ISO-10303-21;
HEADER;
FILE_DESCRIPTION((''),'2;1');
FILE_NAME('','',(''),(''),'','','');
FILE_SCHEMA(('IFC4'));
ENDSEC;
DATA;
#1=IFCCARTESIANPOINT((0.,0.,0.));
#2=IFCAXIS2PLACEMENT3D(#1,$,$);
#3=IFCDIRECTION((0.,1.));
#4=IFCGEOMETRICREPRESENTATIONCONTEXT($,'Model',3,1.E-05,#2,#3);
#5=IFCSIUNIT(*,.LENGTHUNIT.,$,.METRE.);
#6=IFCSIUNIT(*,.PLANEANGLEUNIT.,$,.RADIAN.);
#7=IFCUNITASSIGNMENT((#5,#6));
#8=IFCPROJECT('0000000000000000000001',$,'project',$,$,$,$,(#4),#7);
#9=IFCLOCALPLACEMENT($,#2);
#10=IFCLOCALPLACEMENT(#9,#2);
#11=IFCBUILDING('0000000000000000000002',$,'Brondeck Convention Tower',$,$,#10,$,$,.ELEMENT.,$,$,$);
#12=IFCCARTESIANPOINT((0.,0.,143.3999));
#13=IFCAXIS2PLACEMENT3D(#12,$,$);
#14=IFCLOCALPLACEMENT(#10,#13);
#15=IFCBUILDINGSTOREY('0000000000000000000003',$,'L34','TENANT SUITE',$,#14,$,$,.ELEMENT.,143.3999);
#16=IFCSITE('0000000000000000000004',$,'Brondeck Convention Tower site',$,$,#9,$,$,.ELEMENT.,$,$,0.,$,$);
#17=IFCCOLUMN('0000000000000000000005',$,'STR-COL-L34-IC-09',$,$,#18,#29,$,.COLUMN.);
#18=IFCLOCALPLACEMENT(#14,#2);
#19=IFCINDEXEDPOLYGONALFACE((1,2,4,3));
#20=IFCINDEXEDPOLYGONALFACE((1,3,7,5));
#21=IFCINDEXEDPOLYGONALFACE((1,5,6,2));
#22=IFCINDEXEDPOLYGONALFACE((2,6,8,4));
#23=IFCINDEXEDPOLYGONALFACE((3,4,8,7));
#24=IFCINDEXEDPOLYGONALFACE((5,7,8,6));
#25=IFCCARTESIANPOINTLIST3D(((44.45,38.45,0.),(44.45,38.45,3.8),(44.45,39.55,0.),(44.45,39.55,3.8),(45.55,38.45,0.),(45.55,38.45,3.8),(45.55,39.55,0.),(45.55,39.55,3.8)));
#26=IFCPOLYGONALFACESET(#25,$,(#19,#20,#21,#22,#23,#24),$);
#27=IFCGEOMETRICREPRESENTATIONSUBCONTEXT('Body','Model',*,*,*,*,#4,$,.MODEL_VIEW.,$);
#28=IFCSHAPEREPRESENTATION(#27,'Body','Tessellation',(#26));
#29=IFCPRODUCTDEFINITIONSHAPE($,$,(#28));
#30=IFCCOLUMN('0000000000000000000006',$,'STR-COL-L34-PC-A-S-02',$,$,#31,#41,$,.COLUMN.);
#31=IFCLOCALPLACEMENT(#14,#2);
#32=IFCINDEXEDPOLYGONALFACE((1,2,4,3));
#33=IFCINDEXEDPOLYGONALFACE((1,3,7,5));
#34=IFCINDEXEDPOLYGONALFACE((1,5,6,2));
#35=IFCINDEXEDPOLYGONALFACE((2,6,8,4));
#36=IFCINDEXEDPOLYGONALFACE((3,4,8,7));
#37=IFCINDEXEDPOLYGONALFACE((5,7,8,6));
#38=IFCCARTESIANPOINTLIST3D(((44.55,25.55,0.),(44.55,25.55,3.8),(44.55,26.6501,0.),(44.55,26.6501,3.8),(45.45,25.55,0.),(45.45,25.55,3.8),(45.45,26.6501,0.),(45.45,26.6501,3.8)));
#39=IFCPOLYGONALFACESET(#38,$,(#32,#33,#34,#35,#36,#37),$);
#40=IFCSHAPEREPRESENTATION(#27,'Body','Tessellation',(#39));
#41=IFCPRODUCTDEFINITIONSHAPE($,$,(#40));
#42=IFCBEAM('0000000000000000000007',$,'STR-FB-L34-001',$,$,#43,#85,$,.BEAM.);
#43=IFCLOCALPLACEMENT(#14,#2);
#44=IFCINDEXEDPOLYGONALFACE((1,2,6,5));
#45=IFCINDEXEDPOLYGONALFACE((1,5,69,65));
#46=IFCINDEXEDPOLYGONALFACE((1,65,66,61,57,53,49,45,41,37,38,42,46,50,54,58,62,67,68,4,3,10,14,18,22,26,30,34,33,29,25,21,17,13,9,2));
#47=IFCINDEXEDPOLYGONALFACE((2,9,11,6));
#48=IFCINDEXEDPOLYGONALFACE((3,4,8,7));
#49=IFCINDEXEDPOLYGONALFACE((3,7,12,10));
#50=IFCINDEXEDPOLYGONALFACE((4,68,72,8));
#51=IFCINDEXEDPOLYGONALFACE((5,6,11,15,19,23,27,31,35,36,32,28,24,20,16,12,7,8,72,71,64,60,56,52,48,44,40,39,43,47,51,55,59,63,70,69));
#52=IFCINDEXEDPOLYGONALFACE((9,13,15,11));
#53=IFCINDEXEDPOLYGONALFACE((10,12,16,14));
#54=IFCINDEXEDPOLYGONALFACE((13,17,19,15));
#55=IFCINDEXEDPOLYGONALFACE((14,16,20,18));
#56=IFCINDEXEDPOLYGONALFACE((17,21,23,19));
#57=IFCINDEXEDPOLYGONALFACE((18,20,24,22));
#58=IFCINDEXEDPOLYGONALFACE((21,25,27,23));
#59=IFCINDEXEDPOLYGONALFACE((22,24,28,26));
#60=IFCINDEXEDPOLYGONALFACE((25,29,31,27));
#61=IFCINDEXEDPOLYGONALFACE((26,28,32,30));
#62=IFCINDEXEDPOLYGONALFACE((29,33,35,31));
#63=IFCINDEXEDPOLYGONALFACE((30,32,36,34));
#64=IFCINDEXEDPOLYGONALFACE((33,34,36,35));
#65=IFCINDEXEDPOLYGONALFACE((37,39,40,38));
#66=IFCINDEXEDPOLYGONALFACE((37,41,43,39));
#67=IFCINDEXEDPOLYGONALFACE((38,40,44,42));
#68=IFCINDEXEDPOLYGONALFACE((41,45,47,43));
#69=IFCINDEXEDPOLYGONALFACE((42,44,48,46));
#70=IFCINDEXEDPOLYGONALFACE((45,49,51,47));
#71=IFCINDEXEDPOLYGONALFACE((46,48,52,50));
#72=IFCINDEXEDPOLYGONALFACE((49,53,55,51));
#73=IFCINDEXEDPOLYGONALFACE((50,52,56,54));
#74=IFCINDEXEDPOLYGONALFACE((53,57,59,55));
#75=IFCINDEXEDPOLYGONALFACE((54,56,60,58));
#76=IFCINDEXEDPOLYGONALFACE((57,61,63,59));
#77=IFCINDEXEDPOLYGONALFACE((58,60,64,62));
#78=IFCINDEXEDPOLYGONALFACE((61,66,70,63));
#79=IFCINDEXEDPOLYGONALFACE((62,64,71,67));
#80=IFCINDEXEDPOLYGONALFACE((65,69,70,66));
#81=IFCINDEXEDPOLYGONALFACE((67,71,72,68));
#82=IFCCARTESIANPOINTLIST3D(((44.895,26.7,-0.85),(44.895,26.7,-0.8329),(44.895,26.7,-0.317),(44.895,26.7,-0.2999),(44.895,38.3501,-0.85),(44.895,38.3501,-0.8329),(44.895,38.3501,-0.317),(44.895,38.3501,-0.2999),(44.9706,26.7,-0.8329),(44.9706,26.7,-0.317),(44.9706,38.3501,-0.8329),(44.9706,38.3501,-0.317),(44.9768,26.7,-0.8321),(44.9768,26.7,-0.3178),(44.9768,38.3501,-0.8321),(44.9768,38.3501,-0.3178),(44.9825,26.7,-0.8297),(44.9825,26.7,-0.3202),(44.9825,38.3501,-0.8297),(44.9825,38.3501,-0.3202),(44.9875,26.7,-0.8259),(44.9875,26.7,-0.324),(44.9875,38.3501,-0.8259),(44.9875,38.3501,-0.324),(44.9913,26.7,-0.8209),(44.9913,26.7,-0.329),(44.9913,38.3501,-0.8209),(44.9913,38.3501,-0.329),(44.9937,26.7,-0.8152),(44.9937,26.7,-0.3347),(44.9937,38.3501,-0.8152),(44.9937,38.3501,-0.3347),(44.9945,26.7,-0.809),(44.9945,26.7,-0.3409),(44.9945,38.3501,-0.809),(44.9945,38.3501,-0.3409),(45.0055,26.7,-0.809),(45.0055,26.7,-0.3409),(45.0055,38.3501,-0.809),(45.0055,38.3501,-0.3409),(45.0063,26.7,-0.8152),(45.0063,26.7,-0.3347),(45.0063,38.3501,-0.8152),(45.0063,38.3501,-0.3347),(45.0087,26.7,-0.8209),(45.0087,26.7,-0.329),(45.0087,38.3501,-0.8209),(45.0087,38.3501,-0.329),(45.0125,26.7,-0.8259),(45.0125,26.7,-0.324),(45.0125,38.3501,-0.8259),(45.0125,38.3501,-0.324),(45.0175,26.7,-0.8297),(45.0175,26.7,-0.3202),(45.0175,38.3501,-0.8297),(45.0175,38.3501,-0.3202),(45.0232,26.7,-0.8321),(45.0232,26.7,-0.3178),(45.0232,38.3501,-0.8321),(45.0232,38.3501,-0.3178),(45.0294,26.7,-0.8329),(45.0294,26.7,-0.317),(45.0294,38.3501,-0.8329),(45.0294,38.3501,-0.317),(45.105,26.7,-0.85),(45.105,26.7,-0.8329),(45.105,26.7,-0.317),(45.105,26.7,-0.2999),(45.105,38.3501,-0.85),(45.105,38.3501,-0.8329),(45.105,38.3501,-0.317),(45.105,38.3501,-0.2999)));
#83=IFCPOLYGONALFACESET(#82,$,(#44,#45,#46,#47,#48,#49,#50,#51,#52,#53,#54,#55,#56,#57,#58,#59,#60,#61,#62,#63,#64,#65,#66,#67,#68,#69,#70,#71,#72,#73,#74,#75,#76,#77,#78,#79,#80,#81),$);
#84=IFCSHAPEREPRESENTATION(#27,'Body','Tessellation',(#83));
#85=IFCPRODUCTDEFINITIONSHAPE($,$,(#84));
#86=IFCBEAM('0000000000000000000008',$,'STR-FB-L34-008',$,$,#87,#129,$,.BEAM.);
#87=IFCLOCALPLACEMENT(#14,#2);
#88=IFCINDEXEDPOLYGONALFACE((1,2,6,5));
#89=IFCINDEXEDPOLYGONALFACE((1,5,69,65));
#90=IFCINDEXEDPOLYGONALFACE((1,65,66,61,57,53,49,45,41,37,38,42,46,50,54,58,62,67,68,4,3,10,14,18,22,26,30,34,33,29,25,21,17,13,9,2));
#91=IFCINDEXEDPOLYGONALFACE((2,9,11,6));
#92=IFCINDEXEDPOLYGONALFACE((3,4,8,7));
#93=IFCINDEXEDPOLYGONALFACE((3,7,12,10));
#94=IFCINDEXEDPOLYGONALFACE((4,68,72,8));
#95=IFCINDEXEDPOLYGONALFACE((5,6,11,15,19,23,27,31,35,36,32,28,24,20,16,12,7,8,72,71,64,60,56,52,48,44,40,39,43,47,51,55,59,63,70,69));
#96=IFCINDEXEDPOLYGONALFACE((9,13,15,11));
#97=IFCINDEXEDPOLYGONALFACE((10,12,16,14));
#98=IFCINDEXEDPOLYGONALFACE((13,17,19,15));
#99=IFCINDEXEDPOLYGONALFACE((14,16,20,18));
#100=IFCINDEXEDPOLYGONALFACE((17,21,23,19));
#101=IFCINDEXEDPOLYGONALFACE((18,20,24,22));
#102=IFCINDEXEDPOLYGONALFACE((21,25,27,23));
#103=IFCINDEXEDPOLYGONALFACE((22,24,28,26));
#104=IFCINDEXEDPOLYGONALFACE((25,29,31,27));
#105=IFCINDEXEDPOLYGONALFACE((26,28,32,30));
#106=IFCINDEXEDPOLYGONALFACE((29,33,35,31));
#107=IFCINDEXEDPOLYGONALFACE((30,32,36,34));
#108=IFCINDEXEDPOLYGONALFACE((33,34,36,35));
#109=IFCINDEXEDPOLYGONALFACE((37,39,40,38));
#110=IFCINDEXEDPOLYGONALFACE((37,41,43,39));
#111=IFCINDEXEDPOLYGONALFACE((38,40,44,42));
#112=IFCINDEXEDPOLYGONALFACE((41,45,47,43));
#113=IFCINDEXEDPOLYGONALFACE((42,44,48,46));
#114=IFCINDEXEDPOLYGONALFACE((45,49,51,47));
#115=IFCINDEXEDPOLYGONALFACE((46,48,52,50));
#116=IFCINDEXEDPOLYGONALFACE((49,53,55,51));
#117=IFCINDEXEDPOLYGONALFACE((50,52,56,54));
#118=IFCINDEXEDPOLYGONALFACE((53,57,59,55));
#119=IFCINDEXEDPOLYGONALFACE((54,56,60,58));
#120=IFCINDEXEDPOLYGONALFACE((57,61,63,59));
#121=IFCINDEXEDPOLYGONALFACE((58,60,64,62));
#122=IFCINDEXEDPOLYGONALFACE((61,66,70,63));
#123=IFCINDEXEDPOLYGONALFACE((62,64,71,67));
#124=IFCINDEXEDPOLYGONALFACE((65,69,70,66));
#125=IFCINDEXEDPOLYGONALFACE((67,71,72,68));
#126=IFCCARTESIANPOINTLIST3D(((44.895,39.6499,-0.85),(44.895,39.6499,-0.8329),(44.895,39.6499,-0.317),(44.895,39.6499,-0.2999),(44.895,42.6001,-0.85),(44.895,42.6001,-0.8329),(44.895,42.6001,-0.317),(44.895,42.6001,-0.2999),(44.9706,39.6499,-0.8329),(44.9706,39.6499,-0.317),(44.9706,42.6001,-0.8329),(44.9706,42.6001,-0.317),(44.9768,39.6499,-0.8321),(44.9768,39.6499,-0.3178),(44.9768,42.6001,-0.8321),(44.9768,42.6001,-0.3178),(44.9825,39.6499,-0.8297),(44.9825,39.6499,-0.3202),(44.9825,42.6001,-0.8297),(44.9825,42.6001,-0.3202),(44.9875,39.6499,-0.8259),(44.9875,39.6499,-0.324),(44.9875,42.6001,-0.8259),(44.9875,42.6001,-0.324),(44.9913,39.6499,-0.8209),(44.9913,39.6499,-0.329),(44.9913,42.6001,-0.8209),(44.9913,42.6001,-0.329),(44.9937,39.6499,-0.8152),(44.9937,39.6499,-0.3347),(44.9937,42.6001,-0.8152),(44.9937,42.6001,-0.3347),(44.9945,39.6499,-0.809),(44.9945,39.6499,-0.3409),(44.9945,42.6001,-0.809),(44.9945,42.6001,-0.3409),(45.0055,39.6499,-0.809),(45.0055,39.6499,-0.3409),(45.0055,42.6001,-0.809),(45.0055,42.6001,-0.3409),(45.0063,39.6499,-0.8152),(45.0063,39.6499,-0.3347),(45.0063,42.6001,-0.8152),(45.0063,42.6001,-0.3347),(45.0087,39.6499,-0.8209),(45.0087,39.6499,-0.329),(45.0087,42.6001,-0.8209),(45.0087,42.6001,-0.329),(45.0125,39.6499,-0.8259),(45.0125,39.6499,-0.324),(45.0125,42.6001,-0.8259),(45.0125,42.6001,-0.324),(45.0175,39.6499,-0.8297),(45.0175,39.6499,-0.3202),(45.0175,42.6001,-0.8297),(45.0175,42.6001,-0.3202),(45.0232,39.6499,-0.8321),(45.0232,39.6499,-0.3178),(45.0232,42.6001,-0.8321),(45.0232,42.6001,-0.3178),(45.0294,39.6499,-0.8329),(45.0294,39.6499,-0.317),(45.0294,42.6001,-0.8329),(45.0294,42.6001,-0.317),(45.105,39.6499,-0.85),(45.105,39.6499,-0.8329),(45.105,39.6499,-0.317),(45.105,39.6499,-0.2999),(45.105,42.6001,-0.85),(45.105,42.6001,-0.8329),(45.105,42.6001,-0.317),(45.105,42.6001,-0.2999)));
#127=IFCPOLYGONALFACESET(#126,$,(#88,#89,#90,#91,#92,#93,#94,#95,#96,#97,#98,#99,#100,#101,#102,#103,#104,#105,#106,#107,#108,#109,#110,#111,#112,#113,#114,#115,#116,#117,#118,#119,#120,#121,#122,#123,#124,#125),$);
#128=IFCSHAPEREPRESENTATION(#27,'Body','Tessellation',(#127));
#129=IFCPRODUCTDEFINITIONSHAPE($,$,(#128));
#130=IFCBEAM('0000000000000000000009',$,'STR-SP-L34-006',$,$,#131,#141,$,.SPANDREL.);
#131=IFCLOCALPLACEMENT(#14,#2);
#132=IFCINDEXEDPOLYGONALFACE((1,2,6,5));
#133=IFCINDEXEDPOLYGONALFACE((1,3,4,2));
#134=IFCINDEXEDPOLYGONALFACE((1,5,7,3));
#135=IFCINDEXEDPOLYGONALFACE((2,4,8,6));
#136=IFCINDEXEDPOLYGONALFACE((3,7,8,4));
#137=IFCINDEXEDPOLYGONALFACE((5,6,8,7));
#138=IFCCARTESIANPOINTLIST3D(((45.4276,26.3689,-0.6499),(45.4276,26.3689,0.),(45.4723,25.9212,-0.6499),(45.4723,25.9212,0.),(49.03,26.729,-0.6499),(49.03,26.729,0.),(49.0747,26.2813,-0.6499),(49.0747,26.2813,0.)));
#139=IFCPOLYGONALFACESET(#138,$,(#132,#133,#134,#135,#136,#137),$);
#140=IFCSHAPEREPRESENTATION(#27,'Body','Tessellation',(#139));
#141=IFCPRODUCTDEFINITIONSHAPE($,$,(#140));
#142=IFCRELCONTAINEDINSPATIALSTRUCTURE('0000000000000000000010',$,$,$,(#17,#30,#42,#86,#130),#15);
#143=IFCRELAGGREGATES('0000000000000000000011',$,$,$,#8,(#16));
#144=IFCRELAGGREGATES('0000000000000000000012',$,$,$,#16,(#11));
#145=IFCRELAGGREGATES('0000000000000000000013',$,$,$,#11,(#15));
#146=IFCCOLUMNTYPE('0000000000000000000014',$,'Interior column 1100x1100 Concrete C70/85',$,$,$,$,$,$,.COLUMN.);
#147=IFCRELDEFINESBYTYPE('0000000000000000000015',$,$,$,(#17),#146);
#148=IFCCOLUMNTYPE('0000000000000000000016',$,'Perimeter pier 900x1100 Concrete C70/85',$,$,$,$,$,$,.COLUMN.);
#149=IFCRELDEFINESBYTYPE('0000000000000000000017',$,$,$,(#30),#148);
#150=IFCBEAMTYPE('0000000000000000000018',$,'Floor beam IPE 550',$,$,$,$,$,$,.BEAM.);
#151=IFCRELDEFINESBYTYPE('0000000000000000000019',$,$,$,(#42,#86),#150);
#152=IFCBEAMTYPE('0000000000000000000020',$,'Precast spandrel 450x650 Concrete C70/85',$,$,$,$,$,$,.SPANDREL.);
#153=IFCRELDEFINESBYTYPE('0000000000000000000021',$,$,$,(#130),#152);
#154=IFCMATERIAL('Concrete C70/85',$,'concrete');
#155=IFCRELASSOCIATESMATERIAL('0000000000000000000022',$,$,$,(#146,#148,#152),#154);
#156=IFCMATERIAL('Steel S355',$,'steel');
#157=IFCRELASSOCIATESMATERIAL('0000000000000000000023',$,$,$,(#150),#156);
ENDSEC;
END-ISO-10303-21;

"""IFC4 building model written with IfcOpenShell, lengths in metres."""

from ifc_helpers import new_model, si_unit, direction, frame, origin, origin_2d, place, context, subcontext, project, spatial, rectangle, i_section, extrude, material, material_profile, profile_set, type_object, element, save


model = new_model("IFC4")

# Units and contexts
model_context = context("Model", 3, precision=1e-05, world=origin(), true_north=direction((0.0, 1.0)))
body_context = subcontext(model_context, "Body", "Model", "MODEL_VIEW")
ifc_project = project(units=[si_unit("LENGTHUNIT", "METRE"), si_unit("PLANEANGLEUNIT", "RADIAN")], contexts=[model_context])

# Site, building, storey
site_placement = place(None, origin())
site = spatial("IfcSite", under=ifc_project, at=site_placement, Name="Brondeck Convention Tower site", CompositionType="ELEMENT", RefElevation=0.0)
building_placement = place(site_placement, origin())
building = spatial("IfcBuilding", under=site, at=building_placement, Name="Brondeck Convention Tower", CompositionType="ELEMENT")
storey_placement = place(building_placement, frame((0.0, 0.0, 143.3999)))
storey = spatial("IfcBuildingStorey", under=building, at=storey_placement, Name="L34", Description="TENANT SUITE", CompositionType="ELEMENT", Elevation=143.3999)

# Columns
ifc_material_1 = material(Name="Concrete C70/85", Category="concrete")
ifc_material_profile_1 = material_profile(ifc_material_1, rectangle(XDim=1.1001, YDim=1.1001, at=origin_2d()), Name="Interior column 1100x1100 Concrete C70/85")
ifc_profile_set_1 = profile_set([ifc_material_profile_1], Name="Concrete C70/85")
column_type_1 = type_object("IfcColumnType", Name="Interior column 1100x1100 Concrete C70/85", PredefinedType="COLUMN", material=ifc_profile_set_1)
column_1_placement = place(storey_placement, frame((45.0, 39.0, 0.0), z_axis=(0.0, 0.0, 1.0), x_axis=(1.0, 0.0, 0.0)))
element("IfcColumn", 1, at=column_1_placement, inside=storey, type_object=column_type_1, Name="STR-COL-L34-IC-09", PredefinedType="COLUMN", context=body_context, shape_type="SweptSolid", body=[
    extrude(rectangle(XDim=1.1001, YDim=1.1001, at=origin_2d()), origin(), (0.0, 0.0, 1.0), 3.8),
])
ifc_material_profile_2 = material_profile(ifc_material_1, rectangle(XDim=0.8999, YDim=1.1001, at=origin_2d()), Name="Perimeter pier 900x1100 Concrete C70/85")
ifc_profile_set_2 = profile_set([ifc_material_profile_2], Name="Concrete C70/85")
column_type_2 = type_object("IfcColumnType", Name="Perimeter pier 900x1100 Concrete C70/85", PredefinedType="COLUMN", material=ifc_profile_set_2)
column_2_placement = place(storey_placement, frame((45.0, 26.1001, 0.0), z_axis=(0.0, 0.0, 1.0), x_axis=(1.0, 0.0, 0.0)))
element("IfcColumn", 2, at=column_2_placement, inside=storey, type_object=column_type_2, Name="STR-COL-L34-PC-A-S-02", PredefinedType="COLUMN", context=body_context, shape_type="SweptSolid", body=[
    extrude(rectangle(XDim=0.8999, YDim=1.1001, at=origin_2d()), origin(), (0.0, 0.0, 1.0), 3.8),
])

# Beams
ifc_material_2 = material(Name="Steel S355", Category="steel")
ifc_material_profile_3 = material_profile(ifc_material_2, i_section(OverallWidth=0.21, OverallDepth=0.55, WebThickness=0.011, FlangeThickness=0.0171, FilletRadius=0.0239, at=origin_2d()), Name="IPE 550")
ifc_profile_set_3 = profile_set([ifc_material_profile_3], Name="Steel S355")
beam_type_1 = type_object("IfcBeamType", Name="Floor beam IPE 550", PredefinedType="BEAM", material=ifc_profile_set_3)
beam_1_placement = place(storey_placement, frame((45.0, 26.7, -0.575), z_axis=(0.0, 1.0, 0.0), x_axis=(-1.0, 0.0, 0.0)))
element("IfcBeam", 3, at=beam_1_placement, inside=storey, type_object=beam_type_1, Name="STR-FB-L34-001", PredefinedType="BEAM", context=body_context, shape_type="SweptSolid", body=[
    extrude(i_section(OverallWidth=0.21, OverallDepth=0.55, WebThickness=0.011, FlangeThickness=0.0171, FilletRadius=0.0239, at=origin_2d()), origin(), (0.0, 0.0, 1.0), 11.6501),
])
beam_2_placement = place(storey_placement, frame((45.0, 39.6499, -0.575), z_axis=(0.0, 1.0, 0.0), x_axis=(-1.0, 0.0, 0.0)))
element("IfcBeam", 4, at=beam_2_placement, inside=storey, type_object=beam_type_1, Name="STR-FB-L34-008", PredefinedType="BEAM", context=body_context, shape_type="SweptSolid", body=[
    extrude(i_section(OverallWidth=0.21, OverallDepth=0.55, WebThickness=0.011, FlangeThickness=0.0171, FilletRadius=0.0239, at=origin_2d()), origin(), (0.0, 0.0, 1.0), 2.9502),
])
ifc_material_profile_4 = material_profile(ifc_material_1, rectangle(XDim=0.45, YDim=0.6499, at=origin_2d()), Name="Precast spandrel 450x650 Concrete C70/85")
ifc_profile_set_4 = profile_set([ifc_material_profile_4], Name="Concrete C70/85")
beam_type_2 = type_object("IfcBeamType", Name="Precast spandrel 450x650 Concrete C70/85", PredefinedType="SPANDREL", material=ifc_profile_set_4)
beam_3_placement = place(storey_placement, frame((45.45, 26.145, -0.325), z_axis=(0.995041, 0.09947, 0.0), x_axis=(-0.09947, 0.995041, 0.0)))
element("IfcBeam", 5, at=beam_3_placement, inside=storey, type_object=beam_type_2, Name="STR-SP-L34-006", PredefinedType="SPANDREL", context=body_context, shape_type="SweptSolid", body=[
    extrude(rectangle(XDim=0.45, YDim=0.6499, at=origin_2d()), origin(), (0.0, 0.0, 1.0), 3.6204),
])

save(model, "model.ifc")
